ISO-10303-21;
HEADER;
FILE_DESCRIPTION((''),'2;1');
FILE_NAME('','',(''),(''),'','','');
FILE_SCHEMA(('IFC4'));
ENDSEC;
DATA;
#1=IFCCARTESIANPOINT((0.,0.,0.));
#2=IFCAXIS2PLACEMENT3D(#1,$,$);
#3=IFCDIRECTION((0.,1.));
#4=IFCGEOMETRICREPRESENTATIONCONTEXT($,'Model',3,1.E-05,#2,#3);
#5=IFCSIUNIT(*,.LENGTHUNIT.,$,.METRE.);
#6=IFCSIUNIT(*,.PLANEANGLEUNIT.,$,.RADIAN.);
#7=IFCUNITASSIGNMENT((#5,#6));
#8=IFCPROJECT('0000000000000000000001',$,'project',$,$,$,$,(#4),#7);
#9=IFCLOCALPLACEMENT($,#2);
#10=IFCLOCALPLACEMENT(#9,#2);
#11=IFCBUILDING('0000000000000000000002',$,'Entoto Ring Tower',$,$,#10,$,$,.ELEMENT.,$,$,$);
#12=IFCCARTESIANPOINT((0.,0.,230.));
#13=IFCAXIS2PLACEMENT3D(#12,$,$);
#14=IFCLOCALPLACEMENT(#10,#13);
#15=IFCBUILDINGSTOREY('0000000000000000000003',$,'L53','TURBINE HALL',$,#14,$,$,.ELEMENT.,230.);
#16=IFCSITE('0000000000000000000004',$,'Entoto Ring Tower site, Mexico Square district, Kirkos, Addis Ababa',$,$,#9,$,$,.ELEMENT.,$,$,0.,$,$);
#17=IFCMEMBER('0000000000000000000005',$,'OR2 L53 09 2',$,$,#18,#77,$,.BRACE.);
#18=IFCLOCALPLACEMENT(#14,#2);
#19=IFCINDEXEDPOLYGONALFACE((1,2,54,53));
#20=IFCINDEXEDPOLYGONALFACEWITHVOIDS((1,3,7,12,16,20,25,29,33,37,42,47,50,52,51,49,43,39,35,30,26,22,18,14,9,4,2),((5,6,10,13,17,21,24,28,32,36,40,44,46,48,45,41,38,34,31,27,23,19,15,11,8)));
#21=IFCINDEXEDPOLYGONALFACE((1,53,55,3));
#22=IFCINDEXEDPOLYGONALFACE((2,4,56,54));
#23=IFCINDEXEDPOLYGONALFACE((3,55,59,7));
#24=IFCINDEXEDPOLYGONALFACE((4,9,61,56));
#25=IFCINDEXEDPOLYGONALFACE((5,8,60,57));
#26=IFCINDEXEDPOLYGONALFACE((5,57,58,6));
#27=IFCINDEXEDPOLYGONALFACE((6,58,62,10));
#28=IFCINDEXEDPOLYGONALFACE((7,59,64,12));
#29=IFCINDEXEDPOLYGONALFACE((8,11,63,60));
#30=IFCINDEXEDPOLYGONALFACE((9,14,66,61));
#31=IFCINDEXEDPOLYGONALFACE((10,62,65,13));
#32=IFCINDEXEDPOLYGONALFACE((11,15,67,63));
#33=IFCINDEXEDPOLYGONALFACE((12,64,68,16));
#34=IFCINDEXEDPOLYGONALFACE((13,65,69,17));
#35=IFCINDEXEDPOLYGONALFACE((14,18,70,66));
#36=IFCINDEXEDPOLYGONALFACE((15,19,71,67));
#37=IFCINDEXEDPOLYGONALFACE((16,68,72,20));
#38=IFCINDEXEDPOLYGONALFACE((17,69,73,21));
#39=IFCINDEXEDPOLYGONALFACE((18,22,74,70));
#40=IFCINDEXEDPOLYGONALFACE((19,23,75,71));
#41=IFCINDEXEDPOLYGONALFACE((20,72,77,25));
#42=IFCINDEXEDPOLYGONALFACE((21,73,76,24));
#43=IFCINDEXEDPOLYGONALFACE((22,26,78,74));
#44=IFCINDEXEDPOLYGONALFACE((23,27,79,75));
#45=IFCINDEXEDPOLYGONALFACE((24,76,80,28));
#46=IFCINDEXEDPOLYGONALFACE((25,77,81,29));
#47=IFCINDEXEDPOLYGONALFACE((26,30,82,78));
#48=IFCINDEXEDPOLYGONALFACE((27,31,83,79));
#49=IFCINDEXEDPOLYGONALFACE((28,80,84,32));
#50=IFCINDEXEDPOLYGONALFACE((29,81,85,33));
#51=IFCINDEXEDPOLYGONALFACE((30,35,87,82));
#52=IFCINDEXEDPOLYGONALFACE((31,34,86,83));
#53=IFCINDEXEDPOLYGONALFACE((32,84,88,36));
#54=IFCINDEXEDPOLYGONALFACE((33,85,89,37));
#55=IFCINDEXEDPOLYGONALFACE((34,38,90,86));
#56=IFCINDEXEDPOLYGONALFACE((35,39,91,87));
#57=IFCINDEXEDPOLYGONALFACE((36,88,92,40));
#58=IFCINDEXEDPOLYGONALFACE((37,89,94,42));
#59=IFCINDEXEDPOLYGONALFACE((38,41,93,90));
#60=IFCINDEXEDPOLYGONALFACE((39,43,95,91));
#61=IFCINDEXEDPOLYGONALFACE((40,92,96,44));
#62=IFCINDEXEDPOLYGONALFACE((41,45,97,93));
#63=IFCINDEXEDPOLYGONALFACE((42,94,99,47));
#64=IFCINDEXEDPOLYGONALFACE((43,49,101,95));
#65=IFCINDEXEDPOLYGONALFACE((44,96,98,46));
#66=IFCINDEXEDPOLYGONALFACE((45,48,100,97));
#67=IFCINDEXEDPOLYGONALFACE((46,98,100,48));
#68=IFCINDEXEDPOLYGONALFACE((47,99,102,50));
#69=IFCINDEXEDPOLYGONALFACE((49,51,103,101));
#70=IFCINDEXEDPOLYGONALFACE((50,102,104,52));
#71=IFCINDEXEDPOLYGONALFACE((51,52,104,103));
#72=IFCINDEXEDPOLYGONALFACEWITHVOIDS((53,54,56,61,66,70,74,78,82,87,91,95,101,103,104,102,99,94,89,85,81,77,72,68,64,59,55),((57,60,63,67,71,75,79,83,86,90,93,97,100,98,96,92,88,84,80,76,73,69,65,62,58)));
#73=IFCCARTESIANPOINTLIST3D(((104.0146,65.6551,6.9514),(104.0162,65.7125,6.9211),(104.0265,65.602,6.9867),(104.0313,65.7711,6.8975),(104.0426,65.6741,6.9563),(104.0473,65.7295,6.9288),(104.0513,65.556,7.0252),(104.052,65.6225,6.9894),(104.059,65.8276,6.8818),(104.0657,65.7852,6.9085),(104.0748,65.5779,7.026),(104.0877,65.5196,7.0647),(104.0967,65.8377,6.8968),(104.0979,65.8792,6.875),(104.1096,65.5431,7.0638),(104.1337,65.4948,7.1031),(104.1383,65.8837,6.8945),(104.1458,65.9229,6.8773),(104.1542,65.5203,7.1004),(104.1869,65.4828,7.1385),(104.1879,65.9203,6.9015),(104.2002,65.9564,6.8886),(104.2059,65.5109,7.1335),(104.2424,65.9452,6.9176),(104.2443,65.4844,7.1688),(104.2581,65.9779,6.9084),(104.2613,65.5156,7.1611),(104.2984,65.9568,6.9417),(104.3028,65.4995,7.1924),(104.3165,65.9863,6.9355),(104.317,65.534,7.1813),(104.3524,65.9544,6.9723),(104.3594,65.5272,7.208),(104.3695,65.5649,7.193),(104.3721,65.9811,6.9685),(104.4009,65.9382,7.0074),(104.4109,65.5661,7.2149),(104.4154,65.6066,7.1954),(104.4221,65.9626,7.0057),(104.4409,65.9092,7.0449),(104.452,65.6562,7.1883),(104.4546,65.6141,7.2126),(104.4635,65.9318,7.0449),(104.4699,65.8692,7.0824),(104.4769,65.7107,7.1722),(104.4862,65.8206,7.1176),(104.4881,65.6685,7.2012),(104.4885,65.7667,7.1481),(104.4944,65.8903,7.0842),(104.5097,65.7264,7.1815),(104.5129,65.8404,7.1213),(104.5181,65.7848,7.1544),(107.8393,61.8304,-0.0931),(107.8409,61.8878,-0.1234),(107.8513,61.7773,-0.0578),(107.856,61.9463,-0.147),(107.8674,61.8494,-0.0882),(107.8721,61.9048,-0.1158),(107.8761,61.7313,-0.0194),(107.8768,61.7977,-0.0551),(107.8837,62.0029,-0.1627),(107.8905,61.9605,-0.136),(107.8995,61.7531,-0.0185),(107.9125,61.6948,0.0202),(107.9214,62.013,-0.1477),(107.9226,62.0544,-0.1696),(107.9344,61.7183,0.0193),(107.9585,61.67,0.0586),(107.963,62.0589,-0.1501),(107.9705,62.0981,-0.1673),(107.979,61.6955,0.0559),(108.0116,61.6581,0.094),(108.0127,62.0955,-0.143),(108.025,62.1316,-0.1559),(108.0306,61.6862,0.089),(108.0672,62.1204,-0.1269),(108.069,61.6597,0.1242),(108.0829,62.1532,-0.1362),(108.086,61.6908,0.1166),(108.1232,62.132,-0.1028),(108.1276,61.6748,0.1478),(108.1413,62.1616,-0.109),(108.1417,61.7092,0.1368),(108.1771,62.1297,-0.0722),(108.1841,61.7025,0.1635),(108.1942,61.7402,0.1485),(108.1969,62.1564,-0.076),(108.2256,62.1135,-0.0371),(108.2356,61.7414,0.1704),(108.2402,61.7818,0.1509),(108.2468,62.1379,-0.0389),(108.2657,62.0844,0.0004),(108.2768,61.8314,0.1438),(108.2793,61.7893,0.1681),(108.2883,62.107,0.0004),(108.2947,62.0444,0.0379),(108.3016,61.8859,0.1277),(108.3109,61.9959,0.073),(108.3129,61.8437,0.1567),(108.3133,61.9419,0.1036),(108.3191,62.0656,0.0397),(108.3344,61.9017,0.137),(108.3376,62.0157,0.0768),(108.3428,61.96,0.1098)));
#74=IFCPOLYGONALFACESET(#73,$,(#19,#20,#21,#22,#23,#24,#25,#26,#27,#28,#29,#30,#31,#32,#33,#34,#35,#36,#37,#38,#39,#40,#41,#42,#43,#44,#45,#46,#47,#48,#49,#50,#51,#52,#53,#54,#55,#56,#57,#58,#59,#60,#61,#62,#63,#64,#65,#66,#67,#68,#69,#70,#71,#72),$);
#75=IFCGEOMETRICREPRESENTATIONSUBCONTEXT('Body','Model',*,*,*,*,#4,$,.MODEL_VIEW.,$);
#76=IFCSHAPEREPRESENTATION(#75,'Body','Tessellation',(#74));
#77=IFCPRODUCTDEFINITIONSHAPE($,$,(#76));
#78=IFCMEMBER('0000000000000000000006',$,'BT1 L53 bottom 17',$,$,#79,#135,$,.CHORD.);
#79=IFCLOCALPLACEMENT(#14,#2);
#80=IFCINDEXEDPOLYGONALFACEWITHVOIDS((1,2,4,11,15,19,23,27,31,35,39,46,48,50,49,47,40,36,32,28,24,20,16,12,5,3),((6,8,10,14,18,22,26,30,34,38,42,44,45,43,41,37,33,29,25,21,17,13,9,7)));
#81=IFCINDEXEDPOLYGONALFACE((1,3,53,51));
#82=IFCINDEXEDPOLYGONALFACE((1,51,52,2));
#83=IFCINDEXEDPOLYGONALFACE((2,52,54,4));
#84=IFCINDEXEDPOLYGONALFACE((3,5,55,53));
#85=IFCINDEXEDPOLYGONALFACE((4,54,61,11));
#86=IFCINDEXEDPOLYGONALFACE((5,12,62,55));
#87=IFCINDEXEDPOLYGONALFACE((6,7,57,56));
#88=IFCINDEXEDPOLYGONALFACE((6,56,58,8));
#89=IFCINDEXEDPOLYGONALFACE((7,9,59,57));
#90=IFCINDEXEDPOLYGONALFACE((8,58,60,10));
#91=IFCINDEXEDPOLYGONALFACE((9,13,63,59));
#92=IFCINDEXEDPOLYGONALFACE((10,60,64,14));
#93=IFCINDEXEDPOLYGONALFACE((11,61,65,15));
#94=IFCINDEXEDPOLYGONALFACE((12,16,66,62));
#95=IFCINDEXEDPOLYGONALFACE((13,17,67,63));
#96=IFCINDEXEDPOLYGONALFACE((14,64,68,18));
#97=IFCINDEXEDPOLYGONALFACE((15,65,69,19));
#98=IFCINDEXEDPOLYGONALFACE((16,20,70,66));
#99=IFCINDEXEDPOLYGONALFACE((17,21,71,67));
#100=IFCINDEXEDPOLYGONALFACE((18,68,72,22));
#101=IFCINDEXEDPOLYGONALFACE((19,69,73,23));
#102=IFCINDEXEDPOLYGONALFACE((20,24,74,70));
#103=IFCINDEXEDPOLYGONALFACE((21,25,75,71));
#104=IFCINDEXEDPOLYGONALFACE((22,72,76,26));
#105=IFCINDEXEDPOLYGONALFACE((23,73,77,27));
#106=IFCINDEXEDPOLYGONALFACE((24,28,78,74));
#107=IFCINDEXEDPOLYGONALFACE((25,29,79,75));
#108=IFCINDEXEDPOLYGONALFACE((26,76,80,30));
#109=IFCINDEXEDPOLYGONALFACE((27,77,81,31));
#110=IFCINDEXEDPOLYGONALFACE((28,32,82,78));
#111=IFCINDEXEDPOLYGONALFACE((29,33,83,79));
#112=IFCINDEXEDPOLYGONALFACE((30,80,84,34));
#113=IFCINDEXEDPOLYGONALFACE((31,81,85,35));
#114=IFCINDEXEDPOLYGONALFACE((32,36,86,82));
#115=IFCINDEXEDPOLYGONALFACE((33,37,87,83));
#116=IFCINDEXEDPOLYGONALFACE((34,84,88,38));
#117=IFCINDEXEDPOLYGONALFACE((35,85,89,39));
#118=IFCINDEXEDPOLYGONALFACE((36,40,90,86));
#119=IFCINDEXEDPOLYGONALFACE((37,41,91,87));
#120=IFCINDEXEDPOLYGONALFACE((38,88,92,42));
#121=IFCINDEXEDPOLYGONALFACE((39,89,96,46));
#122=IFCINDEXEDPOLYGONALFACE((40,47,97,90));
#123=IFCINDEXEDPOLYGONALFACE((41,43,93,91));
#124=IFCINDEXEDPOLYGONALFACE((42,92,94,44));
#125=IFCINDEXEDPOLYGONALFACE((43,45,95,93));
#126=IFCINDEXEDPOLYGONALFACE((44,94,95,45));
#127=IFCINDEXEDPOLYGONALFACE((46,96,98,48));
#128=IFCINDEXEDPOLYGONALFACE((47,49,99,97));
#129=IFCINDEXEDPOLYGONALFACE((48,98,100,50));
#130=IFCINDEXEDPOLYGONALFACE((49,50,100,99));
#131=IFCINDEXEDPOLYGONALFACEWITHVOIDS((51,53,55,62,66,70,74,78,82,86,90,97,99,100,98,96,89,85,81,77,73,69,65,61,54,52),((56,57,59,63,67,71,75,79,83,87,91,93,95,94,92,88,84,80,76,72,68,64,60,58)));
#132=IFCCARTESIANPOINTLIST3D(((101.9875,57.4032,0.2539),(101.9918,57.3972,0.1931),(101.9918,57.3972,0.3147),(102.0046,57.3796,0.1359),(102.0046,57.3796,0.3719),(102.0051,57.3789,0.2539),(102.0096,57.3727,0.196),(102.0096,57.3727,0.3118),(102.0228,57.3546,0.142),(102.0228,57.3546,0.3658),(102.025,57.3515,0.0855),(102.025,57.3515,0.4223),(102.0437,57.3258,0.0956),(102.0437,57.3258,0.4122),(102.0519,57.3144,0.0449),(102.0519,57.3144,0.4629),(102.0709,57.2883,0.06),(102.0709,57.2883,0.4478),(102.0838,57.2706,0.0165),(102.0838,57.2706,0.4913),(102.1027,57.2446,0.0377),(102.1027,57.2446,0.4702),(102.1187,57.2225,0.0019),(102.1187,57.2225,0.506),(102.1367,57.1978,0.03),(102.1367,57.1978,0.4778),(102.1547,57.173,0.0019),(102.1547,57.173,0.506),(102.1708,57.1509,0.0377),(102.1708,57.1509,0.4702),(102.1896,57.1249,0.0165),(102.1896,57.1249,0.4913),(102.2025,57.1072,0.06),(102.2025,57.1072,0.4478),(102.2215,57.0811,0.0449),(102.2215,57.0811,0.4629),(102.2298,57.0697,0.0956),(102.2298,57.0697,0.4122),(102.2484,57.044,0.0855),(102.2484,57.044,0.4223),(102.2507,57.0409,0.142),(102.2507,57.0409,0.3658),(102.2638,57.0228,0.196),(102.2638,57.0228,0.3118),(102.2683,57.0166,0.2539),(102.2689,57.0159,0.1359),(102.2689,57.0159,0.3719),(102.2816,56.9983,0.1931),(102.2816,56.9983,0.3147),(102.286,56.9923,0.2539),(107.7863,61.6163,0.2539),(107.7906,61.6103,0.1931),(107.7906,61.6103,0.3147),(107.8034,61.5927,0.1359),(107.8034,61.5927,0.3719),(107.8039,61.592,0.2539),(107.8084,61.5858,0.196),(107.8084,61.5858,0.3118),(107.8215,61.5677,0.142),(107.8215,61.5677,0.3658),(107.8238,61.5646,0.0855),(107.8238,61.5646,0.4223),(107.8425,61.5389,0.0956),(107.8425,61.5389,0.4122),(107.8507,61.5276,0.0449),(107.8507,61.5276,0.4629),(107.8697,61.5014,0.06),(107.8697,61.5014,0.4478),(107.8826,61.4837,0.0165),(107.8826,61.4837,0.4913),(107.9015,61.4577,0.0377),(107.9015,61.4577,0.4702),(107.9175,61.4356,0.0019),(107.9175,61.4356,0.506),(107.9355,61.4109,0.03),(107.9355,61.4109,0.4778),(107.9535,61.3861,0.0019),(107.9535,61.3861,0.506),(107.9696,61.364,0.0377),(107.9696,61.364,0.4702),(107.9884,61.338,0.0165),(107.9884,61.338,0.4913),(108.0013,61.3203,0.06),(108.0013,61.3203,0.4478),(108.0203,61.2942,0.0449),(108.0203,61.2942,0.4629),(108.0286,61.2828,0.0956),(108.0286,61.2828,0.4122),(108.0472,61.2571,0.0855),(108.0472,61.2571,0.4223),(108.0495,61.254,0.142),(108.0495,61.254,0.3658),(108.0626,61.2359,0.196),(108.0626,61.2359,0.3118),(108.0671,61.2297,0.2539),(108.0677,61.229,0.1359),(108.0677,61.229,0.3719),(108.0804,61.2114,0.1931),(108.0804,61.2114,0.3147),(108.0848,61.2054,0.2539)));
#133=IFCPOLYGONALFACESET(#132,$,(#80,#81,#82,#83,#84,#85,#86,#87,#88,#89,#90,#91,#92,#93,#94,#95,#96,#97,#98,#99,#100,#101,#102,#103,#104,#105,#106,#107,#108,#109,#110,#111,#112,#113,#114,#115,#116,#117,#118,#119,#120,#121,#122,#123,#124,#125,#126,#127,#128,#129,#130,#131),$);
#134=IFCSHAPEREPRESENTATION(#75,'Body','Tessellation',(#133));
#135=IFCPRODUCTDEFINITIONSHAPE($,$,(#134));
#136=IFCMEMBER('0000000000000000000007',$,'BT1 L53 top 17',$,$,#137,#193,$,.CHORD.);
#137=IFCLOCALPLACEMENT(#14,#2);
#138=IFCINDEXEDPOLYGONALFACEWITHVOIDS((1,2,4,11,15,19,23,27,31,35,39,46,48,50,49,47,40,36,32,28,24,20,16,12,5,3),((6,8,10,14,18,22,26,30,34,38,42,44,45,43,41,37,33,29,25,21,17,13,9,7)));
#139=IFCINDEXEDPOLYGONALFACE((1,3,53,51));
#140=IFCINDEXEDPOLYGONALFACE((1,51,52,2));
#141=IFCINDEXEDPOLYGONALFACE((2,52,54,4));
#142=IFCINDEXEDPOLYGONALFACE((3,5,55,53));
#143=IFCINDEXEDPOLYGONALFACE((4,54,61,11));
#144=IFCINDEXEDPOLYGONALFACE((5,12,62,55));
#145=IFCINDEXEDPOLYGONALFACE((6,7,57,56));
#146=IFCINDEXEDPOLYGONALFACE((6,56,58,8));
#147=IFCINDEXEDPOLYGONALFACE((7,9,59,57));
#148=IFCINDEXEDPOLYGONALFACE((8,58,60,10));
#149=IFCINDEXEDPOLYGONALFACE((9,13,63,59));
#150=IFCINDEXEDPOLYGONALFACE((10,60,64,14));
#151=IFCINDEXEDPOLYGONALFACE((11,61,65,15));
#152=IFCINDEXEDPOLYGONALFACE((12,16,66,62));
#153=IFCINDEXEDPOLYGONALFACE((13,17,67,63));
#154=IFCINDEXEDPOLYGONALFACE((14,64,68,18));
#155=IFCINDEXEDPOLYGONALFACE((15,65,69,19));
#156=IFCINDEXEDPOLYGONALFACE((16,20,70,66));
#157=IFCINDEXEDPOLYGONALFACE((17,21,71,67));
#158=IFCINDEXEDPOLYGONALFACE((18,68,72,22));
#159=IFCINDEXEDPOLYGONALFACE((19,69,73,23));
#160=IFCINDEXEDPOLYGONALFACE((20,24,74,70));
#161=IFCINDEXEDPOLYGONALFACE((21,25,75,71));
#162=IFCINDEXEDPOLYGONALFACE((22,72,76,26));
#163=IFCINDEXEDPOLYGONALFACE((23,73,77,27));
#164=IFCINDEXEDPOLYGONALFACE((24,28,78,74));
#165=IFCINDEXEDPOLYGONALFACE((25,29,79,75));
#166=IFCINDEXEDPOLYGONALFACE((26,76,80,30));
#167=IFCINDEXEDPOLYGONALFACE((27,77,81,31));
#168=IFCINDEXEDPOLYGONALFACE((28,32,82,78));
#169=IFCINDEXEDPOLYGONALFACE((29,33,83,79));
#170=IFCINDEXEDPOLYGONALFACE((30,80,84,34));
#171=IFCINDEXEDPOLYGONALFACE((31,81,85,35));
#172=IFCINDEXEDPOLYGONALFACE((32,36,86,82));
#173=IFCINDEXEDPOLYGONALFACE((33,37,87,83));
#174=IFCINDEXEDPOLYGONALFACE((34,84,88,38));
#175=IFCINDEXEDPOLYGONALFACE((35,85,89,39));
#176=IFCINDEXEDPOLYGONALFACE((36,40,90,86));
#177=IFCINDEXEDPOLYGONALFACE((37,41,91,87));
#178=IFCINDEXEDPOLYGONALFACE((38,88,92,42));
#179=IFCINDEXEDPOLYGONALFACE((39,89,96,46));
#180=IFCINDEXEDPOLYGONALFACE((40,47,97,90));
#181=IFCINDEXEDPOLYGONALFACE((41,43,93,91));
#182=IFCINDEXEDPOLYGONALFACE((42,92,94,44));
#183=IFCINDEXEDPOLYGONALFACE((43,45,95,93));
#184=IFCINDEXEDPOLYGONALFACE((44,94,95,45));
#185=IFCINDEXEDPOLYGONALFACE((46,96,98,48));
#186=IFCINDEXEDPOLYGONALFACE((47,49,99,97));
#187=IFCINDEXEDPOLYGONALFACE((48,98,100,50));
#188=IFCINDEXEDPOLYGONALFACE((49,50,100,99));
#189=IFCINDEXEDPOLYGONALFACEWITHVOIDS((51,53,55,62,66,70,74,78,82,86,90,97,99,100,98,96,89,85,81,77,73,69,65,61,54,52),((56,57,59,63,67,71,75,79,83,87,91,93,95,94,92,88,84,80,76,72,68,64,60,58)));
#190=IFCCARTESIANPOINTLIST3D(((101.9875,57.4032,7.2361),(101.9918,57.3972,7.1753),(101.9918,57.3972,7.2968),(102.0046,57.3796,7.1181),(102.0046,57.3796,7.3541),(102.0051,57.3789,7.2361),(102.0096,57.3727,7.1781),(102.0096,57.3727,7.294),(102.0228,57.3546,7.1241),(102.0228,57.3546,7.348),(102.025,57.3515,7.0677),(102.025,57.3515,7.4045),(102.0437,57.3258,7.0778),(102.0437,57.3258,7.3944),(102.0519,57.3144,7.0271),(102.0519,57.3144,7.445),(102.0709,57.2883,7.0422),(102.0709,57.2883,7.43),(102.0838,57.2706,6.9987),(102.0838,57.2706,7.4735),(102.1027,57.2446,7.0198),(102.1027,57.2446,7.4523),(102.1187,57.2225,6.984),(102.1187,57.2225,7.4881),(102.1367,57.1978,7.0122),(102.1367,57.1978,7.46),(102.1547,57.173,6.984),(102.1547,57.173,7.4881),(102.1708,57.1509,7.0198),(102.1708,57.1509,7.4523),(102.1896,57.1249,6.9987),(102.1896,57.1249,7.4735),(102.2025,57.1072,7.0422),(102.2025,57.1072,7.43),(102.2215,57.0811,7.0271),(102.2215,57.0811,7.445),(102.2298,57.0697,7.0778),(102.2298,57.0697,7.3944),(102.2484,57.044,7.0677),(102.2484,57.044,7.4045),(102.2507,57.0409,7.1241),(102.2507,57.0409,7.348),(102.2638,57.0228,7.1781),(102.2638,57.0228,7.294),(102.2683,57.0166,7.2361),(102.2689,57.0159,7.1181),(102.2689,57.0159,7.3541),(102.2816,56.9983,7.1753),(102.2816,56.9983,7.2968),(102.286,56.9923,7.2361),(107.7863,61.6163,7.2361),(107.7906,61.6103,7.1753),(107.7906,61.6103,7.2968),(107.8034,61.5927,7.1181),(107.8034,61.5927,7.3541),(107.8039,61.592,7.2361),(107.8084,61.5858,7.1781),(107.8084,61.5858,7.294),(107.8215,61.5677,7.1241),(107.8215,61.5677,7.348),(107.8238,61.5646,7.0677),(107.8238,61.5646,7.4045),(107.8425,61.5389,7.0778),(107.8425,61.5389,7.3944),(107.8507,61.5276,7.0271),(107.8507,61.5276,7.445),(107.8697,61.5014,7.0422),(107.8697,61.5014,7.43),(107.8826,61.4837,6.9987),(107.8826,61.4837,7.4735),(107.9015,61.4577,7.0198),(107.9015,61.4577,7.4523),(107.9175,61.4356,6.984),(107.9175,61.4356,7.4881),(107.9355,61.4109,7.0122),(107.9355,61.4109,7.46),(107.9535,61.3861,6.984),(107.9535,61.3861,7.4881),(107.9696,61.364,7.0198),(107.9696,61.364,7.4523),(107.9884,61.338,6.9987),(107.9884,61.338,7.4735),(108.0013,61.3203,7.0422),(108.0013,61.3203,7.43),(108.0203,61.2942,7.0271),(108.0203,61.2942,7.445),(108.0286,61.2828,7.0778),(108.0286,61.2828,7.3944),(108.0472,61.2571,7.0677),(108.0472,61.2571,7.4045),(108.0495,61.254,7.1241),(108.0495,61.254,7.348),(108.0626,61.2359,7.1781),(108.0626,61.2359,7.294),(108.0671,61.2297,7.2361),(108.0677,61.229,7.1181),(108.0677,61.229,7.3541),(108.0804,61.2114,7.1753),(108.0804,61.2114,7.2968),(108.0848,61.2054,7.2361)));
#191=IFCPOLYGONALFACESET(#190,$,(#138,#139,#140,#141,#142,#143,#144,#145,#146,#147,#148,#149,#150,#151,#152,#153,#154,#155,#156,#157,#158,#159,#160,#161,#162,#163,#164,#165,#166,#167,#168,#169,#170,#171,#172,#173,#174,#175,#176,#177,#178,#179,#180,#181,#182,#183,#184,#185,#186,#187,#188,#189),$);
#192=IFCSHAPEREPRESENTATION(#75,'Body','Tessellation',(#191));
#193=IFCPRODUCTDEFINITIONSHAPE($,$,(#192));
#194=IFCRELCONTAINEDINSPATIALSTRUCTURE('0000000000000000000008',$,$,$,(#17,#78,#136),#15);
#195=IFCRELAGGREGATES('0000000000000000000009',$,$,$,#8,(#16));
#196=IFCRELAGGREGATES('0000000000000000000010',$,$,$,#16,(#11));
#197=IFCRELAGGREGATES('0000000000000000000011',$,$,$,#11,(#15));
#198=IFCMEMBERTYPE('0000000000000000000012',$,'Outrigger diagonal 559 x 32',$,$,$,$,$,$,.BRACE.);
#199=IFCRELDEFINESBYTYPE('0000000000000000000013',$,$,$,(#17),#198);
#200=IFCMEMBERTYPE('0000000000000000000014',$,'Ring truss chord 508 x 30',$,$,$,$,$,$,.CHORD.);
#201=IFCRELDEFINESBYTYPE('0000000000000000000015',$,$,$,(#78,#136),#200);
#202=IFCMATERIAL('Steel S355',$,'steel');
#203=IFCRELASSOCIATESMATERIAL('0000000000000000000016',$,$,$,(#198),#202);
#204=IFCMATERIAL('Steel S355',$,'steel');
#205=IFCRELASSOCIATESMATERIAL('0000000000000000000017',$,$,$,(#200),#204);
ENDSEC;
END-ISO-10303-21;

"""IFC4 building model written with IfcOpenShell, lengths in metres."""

from ifc_helpers import new_model, si_unit, direction, frame, origin, origin_2d, place, context, subcontext, project, spatial, circle, hollow_circle, extrude, material, material_profile, profile_set, type_object, element, save


model = new_model("IFC4")

# Units and contexts
model_context = context("Model", 3, precision=1e-05, world=origin(), true_north=direction((0.0, 1.0)))
body_context = subcontext(model_context, "Body", "Model", "MODEL_VIEW")
ifc_project = project(units=[si_unit("LENGTHUNIT", "METRE"), si_unit("PLANEANGLEUNIT", "RADIAN")], contexts=[model_context])

# Site, building, storey
site_placement = place(None, origin())
site = spatial("IfcSite", under=ifc_project, at=site_placement, Name="Entoto Ring Tower site, Mexico Square district, Kirkos, Addis Ababa", CompositionType="ELEMENT", RefElevation=0.0)
building_placement = place(site_placement, origin())
building = spatial("IfcBuilding", under=site, at=building_placement, Name="Entoto Ring Tower", CompositionType="ELEMENT")
storey_placement = place(building_placement, frame((0.0, 0.0, 230.0)))
storey = spatial("IfcBuildingStorey", under=building, at=storey_placement, Name="L53", Description="TURBINE HALL", CompositionType="ELEMENT", Elevation=230.0)

# Members
ifc_material_1 = material(Name="Steel S355", Category="steel")
ifc_material_profile_1 = material_profile(ifc_material_1, hollow_circle(Radius=0.2795, WallThickness=0.032, at=origin_2d()), Name="CHS 559 x 32")
ifc_material_2 = material(Name="Concrete C60/75", Category="concrete")
ifc_material_profile_2 = material_profile(ifc_material_2, circle(Radius=0.2476, at=origin_2d()), Name="Concrete C60/75 infill")
ifc_profile_set_1 = profile_set([ifc_material_profile_1, ifc_material_profile_2], Name="Steel S355")
member_type_1 = type_object("IfcMemberType", Name="Outrigger diagonal 559 x 32", PredefinedType="BRACE", material=ifc_profile_set_1)
member_placement = place(storey_placement, frame((104.2659, 65.7341, 7.0449), z_axis=(0.430638, -0.430638, -0.793159), x_axis=(0.707107, 0.707107, 0.0)))
element("IfcMember", 1, at=member_placement, inside=storey, type_object=member_type_1, Name="OR2 L53 09 2", PredefinedType="BRACE", context=body_context, shape_type="SweptSolid", body=[
    extrude(hollow_circle(Radius=0.2795, WallThickness=0.032, at=origin_2d()), origin(), (0.0, 0.0, 1.0), 8.8816),
])
ifc_material_3 = material(Name="Steel S355", Category="steel")
ifc_material_profile_3 = material_profile(ifc_material_3, hollow_circle(Radius=0.2539, WallThickness=0.03, at=origin_2d()), Name="CHS 508 x 30")
ifc_material_4 = material(Name="Concrete C60/75", Category="concrete")
ifc_material_profile_4 = material_profile(ifc_material_4, circle(Radius=0.2241, at=origin_2d()), Name="Concrete C60/75 infill")
ifc_profile_set_2 = profile_set([ifc_material_profile_3, ifc_material_profile_4], Name="Steel S355")
member_type_2 = type_object("IfcMemberType", Name="Ring truss chord 508 x 30", PredefinedType="CHORD", material=ifc_profile_set_2)
for number, where, z_axis, x_axis, name in (
    (2, (102.1367, 57.1978, 0.2539), (0.809014, 0.587789, 0.0), (-0.587789, 0.809014, 0.0), "BT1 L53 bottom 17"),
    (3, (102.1367, 57.1978, 7.2361), (0.809014, 0.587789, 0.0), (-0.587789, 0.809014, 0.0), "BT1 L53 top 17"),
):
    element("IfcMember", number, at=place(storey_placement, frame(where, z_axis=z_axis, x_axis=x_axis)), inside=storey, type_object=member_type_2, Name=name, PredefinedType="CHORD", context=body_context, shape_type="SweptSolid", body=[
        extrude(hollow_circle(Radius=0.2539, WallThickness=0.03, at=origin_2d()), origin(), (0.0, 0.0, 1.0), 7.1677),
    ])

save(model, "model.ifc")
